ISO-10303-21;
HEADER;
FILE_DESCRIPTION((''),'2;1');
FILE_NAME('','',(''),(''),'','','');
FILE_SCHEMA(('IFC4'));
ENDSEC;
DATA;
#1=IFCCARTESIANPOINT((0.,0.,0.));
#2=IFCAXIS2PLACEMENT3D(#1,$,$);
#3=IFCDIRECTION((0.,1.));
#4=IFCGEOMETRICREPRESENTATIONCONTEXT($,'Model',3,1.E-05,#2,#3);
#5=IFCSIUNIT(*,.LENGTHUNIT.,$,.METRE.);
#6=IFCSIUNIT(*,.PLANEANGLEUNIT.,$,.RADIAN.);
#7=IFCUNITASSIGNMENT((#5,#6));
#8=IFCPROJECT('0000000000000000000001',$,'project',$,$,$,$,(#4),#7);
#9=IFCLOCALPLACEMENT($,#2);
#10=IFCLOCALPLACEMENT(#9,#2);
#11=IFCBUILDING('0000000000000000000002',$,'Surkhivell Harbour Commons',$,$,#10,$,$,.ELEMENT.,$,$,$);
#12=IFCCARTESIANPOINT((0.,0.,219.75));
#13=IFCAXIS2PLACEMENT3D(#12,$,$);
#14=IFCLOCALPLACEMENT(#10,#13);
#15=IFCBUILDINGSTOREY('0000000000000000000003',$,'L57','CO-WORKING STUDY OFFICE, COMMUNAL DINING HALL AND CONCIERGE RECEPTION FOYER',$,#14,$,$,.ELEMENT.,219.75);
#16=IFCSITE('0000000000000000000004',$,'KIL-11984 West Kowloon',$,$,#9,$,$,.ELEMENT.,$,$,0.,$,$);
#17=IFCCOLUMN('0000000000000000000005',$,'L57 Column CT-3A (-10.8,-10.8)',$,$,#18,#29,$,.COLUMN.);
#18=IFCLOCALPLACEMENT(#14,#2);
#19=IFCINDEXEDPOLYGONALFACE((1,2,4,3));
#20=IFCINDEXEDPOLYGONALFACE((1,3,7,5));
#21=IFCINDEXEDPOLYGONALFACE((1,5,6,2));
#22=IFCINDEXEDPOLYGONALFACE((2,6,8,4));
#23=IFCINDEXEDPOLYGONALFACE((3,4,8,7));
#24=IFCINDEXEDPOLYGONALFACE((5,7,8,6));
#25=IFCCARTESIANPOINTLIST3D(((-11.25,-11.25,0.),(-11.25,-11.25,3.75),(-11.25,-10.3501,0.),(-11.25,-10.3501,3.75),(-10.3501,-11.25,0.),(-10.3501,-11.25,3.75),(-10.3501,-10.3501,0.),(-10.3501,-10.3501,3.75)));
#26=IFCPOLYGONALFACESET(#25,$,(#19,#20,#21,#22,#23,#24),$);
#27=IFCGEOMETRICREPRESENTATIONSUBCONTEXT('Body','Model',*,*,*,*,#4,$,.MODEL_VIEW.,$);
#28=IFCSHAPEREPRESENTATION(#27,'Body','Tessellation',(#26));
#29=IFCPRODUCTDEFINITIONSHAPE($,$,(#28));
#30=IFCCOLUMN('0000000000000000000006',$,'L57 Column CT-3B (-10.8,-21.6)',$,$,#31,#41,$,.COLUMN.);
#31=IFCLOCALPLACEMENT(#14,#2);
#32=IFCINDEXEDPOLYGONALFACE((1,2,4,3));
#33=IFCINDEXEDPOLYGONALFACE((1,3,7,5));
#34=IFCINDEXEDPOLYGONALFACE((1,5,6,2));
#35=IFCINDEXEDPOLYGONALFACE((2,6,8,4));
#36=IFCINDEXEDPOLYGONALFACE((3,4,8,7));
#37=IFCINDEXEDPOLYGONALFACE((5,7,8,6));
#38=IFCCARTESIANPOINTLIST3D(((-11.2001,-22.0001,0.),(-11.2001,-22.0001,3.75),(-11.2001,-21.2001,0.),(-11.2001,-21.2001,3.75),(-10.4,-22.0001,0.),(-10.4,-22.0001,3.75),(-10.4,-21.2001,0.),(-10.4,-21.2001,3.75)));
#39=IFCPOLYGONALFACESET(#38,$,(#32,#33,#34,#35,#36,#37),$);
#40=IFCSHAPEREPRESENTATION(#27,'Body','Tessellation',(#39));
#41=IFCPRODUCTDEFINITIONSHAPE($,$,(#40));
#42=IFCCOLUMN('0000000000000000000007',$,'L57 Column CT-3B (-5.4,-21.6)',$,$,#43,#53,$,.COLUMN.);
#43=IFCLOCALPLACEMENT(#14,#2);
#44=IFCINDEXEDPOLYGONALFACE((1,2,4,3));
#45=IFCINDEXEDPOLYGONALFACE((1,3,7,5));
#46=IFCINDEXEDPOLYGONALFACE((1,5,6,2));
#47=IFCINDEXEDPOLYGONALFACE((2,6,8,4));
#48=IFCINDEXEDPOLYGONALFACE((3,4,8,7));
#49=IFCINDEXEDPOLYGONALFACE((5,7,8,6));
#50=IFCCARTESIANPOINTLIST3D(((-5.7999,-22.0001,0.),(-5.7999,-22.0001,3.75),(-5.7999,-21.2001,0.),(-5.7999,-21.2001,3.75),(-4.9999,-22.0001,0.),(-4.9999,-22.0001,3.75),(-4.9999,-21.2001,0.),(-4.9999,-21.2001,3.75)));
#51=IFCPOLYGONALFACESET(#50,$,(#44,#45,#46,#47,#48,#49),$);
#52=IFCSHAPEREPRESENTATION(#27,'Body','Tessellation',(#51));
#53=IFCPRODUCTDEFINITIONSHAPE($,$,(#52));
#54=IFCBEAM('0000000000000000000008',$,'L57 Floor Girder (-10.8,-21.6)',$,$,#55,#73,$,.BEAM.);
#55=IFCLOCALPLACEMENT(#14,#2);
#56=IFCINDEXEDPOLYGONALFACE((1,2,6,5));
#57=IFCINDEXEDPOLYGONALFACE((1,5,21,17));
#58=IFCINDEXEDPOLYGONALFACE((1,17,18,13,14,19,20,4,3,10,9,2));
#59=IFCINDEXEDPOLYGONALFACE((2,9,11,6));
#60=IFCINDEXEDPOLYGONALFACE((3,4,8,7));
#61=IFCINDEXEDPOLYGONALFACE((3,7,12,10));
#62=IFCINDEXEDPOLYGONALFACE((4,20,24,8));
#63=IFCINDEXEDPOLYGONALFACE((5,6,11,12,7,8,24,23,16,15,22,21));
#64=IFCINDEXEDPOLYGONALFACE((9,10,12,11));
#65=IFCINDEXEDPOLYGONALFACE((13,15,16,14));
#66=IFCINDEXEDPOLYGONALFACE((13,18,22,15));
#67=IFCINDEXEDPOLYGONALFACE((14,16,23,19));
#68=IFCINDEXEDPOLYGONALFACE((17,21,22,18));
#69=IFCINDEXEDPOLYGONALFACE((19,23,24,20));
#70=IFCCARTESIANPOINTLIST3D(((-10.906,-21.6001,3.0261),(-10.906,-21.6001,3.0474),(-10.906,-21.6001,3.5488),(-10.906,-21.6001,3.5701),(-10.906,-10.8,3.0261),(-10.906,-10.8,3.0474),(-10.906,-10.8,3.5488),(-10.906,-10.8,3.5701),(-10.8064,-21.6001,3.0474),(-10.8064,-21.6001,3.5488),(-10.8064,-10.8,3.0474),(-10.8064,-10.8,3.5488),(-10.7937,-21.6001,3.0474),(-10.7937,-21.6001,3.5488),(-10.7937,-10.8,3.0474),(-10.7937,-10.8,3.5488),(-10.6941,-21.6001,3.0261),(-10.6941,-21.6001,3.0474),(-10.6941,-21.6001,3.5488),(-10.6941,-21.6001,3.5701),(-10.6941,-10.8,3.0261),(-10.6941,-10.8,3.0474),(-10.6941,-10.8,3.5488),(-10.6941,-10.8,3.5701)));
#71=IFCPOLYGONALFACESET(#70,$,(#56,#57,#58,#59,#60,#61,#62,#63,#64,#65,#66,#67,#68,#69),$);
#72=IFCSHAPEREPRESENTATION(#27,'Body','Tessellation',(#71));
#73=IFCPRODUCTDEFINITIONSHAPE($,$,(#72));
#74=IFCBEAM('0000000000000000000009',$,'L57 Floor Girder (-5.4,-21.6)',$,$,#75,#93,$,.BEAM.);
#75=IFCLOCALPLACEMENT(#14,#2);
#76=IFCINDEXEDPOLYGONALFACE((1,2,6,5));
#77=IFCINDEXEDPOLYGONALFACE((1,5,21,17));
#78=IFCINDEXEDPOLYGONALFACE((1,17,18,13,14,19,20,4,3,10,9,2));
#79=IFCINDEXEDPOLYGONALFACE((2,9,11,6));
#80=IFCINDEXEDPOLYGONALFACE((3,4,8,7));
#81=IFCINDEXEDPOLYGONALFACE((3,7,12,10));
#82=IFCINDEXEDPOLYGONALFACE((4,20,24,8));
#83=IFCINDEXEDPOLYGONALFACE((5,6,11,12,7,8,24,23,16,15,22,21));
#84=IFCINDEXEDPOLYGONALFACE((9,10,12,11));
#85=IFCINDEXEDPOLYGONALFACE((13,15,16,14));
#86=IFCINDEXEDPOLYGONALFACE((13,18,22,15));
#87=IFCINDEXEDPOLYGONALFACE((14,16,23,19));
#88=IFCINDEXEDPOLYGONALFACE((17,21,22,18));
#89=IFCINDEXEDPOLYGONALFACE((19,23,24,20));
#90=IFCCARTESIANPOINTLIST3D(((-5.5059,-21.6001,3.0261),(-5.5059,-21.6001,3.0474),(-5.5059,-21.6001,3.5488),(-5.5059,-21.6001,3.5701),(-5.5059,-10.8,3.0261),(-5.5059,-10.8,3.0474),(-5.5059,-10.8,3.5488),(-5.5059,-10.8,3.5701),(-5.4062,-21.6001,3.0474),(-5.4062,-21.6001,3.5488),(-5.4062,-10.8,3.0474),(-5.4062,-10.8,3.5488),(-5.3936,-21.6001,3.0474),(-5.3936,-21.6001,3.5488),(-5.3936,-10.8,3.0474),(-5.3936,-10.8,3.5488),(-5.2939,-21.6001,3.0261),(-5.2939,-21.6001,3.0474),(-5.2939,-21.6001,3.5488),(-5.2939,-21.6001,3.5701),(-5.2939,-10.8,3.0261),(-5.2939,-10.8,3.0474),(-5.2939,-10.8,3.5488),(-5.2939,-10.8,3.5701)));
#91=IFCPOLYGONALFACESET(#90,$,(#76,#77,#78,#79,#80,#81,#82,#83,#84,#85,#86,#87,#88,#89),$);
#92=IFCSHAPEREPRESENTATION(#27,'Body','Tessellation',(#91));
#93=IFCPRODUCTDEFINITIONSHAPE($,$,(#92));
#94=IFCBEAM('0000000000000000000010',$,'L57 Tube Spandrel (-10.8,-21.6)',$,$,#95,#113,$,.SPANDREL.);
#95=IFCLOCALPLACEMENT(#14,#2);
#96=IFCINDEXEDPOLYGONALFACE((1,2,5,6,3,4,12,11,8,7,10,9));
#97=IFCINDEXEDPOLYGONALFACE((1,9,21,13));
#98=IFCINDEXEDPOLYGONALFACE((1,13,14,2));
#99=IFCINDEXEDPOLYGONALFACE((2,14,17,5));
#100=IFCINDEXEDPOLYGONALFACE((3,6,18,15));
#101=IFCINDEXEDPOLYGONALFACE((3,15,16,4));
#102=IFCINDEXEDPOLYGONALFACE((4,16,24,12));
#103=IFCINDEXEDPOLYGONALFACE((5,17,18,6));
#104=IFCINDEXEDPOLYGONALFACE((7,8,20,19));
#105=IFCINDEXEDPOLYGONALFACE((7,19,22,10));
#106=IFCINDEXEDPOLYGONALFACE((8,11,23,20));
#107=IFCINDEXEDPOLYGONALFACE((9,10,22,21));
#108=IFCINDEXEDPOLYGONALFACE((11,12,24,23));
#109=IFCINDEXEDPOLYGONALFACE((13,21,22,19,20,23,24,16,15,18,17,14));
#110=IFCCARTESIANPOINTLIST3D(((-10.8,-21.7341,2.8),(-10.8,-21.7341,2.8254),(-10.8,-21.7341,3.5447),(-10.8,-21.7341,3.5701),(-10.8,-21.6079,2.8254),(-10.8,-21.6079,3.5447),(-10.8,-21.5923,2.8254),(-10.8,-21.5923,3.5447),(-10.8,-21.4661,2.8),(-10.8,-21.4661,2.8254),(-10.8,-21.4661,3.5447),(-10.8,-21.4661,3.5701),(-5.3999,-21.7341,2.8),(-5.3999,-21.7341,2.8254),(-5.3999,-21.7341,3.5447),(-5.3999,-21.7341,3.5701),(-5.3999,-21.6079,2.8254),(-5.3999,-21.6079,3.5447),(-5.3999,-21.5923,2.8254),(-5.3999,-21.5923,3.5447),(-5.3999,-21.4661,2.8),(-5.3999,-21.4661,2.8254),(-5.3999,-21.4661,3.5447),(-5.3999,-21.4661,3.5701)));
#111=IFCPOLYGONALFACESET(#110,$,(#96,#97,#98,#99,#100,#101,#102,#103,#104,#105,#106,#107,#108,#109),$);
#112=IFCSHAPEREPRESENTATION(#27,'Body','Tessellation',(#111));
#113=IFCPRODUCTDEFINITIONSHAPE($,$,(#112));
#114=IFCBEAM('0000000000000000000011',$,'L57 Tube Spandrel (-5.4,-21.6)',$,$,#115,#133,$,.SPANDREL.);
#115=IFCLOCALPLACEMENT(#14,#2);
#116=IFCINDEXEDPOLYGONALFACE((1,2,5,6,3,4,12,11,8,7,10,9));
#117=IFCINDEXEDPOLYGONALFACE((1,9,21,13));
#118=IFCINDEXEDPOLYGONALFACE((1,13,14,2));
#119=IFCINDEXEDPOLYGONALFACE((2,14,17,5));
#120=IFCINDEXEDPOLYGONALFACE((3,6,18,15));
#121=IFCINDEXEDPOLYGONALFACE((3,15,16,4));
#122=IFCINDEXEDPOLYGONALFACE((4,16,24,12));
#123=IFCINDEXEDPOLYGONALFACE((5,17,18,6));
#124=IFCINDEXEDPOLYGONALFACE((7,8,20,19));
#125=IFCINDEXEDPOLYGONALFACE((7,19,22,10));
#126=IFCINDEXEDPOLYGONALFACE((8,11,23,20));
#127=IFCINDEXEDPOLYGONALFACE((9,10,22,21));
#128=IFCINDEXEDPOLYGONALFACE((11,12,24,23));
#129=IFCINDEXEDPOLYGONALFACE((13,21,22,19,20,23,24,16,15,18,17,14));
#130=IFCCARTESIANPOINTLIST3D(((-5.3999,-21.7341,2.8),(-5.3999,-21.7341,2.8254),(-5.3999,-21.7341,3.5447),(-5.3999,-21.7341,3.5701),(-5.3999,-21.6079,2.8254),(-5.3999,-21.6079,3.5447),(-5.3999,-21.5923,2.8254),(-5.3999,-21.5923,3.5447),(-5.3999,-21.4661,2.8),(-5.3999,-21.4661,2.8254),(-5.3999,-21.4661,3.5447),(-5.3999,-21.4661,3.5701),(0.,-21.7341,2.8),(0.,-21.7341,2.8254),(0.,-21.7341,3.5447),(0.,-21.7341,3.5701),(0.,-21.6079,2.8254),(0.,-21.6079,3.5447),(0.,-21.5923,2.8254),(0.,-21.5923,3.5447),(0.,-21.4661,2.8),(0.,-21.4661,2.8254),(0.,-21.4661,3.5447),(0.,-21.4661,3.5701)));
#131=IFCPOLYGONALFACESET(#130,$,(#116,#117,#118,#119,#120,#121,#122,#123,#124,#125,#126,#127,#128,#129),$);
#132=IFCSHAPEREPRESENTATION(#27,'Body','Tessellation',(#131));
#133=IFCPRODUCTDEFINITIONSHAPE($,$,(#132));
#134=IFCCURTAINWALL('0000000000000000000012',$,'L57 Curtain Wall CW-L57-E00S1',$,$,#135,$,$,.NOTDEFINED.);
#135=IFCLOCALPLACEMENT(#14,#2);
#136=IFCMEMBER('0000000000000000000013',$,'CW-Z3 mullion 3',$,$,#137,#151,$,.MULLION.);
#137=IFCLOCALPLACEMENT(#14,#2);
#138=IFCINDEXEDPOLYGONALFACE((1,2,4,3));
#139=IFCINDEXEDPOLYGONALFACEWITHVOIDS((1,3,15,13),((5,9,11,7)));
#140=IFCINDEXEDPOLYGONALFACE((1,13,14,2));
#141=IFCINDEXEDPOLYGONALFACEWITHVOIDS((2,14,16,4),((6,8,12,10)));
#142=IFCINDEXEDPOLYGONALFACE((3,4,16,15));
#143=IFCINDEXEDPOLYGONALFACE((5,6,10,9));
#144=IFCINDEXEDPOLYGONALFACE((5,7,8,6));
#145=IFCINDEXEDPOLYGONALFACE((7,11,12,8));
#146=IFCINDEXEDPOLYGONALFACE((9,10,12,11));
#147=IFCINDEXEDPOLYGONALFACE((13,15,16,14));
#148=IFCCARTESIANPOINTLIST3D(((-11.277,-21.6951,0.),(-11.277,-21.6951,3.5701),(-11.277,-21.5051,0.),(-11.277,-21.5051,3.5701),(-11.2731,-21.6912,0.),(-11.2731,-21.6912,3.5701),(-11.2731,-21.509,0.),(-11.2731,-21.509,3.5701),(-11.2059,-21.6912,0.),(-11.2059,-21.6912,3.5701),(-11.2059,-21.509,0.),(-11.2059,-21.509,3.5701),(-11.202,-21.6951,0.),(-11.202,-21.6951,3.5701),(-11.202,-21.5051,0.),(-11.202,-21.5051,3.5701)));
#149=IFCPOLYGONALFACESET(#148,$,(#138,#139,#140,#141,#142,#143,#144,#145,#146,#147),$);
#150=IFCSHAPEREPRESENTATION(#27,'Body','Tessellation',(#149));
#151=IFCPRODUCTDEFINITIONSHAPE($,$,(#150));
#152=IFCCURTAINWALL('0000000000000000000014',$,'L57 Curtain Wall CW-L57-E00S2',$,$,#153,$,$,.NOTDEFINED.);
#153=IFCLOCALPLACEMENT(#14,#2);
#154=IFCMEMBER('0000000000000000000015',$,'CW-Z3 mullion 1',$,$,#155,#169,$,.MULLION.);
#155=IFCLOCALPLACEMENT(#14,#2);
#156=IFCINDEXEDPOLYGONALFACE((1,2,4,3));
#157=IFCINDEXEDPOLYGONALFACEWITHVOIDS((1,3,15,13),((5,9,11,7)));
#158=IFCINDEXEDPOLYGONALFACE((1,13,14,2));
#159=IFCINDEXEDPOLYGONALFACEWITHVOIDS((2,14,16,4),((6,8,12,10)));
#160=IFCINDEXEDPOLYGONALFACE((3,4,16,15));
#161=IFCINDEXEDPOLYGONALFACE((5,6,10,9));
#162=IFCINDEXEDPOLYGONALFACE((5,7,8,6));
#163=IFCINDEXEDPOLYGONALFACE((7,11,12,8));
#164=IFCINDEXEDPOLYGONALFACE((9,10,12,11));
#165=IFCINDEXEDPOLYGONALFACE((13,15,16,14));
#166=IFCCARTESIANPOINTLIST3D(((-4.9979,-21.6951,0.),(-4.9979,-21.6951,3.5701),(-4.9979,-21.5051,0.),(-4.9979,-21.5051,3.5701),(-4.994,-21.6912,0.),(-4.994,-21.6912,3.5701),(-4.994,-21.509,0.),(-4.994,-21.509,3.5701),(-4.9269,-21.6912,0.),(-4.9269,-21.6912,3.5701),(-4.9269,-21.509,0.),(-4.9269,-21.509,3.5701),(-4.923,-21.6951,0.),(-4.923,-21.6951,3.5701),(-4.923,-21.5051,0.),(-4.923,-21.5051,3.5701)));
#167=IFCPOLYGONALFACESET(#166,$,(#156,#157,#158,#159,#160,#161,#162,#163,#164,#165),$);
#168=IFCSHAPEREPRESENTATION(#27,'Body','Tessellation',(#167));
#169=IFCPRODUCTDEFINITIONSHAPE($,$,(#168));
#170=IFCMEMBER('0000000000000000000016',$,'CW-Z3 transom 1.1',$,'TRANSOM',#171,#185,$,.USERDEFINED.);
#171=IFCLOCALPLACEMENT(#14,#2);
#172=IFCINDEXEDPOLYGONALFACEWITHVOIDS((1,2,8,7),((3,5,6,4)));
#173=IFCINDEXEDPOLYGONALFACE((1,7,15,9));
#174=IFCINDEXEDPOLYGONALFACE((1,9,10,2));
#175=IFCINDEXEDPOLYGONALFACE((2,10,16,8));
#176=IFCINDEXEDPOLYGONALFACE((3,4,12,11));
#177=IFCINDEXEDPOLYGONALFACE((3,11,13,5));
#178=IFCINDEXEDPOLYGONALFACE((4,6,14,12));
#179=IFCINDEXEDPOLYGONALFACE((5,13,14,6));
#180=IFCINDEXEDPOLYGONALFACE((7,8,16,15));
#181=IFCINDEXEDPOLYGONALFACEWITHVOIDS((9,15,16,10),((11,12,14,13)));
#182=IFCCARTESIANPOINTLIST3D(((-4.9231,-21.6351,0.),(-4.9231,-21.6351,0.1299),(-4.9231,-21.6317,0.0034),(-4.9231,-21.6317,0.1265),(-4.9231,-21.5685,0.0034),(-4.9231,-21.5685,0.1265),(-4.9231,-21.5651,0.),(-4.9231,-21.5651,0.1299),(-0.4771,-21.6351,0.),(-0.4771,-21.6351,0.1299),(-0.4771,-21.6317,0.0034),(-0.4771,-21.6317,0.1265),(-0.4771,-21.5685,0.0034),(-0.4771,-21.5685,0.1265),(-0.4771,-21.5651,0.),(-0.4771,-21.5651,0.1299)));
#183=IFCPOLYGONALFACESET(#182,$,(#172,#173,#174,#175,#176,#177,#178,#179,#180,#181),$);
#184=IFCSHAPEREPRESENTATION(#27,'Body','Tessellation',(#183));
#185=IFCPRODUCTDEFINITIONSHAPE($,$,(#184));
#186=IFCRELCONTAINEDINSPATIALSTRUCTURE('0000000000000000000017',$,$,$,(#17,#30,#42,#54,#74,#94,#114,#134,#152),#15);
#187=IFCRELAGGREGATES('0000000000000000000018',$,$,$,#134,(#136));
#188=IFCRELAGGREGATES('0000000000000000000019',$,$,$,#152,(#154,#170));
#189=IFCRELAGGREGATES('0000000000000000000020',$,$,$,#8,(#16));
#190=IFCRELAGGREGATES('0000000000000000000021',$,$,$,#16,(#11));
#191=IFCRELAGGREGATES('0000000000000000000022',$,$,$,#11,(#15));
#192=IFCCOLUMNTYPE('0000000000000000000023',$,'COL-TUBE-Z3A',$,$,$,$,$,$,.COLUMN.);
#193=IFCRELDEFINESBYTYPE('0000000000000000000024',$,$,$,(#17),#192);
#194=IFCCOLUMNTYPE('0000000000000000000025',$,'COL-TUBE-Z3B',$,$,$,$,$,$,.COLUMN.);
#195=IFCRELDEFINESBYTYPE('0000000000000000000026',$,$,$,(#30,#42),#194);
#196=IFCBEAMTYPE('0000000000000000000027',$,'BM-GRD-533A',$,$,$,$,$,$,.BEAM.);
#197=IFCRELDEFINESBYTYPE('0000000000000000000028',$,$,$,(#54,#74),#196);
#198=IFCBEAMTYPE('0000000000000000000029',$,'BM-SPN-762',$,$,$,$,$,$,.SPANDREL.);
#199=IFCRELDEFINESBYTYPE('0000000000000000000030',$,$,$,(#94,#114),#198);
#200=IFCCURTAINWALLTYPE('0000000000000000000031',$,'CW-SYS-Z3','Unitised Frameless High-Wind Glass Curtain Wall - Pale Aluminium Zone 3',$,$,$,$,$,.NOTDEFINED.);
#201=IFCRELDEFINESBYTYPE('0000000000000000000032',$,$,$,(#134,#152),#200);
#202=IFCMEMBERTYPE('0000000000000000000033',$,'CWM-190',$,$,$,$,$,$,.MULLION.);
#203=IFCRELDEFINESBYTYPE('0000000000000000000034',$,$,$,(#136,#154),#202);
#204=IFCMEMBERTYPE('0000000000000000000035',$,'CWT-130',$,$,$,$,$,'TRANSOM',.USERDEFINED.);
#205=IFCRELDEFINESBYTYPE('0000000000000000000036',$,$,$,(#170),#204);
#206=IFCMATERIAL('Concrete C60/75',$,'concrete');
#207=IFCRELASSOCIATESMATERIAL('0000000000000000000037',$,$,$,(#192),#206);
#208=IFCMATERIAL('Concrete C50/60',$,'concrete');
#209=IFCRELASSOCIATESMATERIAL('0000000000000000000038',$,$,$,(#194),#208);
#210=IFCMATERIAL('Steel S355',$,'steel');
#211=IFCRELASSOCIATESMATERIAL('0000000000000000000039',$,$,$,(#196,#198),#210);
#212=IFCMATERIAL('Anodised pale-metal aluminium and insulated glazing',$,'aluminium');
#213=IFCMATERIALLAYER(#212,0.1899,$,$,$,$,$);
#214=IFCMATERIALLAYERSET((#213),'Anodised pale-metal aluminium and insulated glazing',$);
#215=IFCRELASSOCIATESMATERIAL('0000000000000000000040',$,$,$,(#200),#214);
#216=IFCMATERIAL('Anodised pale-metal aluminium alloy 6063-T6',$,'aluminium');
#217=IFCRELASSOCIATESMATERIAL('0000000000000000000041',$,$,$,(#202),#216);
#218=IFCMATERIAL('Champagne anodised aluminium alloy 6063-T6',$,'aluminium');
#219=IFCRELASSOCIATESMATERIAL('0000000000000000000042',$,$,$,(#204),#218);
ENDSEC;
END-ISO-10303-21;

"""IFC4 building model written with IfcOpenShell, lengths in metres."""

from ifc_helpers import new_model, si_unit, direction, frame, origin, origin_2d, place, context, subcontext, project, spatial, rectangle, hollow_rectangle, i_section, extrude, material, layer, layer_set, material_profile, profile_set, type_object, element, aggregate, save


model = new_model("IFC4")

# Units and contexts
model_context = context("Model", 3, precision=1e-05, world=origin(), true_north=direction((0.0, 1.0)))
body_context = subcontext(model_context, "Body", "Model", "MODEL_VIEW")
ifc_project = project(units=[si_unit("LENGTHUNIT", "METRE"), si_unit("PLANEANGLEUNIT", "RADIAN")], contexts=[model_context])

# Site, building, storey
site_placement = place(None, origin())
site = spatial("IfcSite", under=ifc_project, at=site_placement, Name="KIL-11984 West Kowloon", CompositionType="ELEMENT", RefElevation=0.0)
building_placement = place(site_placement, origin())
building = spatial("IfcBuilding", under=site, at=building_placement, Name="Surkhivell Harbour Commons", CompositionType="ELEMENT")
storey_placement = place(building_placement, frame((0.0, 0.0, 219.75)))
storey = spatial("IfcBuildingStorey", under=building, at=storey_placement, Name="L57", Description="CO-WORKING STUDY OFFICE, COMMUNAL DINING HALL AND CONCIERGE RECEPTION FOYER", CompositionType="ELEMENT", Elevation=219.75)

# Columns
ifc_material_1 = material(Name="Concrete C60/75", Category="concrete")
ifc_material_profile_1 = material_profile(ifc_material_1, rectangle(XDim=0.8999, YDim=0.8999, at=origin_2d()), Name="RC-COL-900x900")
ifc_profile_set_1 = profile_set([ifc_material_profile_1], Name="Concrete C60/75")
column_type_1 = type_object("IfcColumnType", Name="COL-TUBE-Z3A", PredefinedType="COLUMN", material=ifc_profile_set_1)
column_placement = place(storey_placement, frame((-10.8, -10.8, 0.0), z_axis=(0.0, 0.0, 1.0), x_axis=(1.0, 0.0, 0.0)))
element("IfcColumn", 1, at=column_placement, inside=storey, type_object=column_type_1, Name="L57 Column CT-3A (-10.8,-10.8)", PredefinedType="COLUMN", context=body_context, shape_type="SweptSolid", body=[
    extrude(rectangle(XDim=0.8999, YDim=0.8999, at=origin_2d()), origin(), (0.0, 0.0, 1.0), 3.75),
])
ifc_material_2 = material(Name="Concrete C50/60", Category="concrete")
ifc_material_profile_2 = material_profile(ifc_material_2, rectangle(XDim=0.8, YDim=0.8, at=origin_2d()), Name="RC-COL-800x800")
ifc_profile_set_2 = profile_set([ifc_material_profile_2], Name="Concrete C50/60")
column_type_2 = type_object("IfcColumnType", Name="COL-TUBE-Z3B", PredefinedType="COLUMN", material=ifc_profile_set_2)
for number, where, z_axis, x_axis, name in (
    (2, (-10.8, -21.6001, 0.0), (0.0, 0.0, 1.0), (1.0, 0.0, 0.0), "L57 Column CT-3B (-10.8,-21.6)"),
    (3, (-5.3999, -21.6001, 0.0), (0.0, 0.0, 1.0), (1.0, 0.0, 0.0), "L57 Column CT-3B (-5.4,-21.6)"),
):
    element("IfcColumn", number, at=place(storey_placement, frame(where, z_axis=z_axis, x_axis=x_axis)), inside=storey, type_object=column_type_2, Name=name, PredefinedType="COLUMN", context=body_context, shape_type="SweptSolid", body=[
        extrude(rectangle(XDim=0.8, YDim=0.8, at=origin_2d()), origin(), (0.0, 0.0, 1.0), 3.75),
    ])

# Beams
ifc_material_3 = material(Name="Steel S355", Category="steel")
ifc_material_profile_3 = material_profile(ifc_material_3, i_section(OverallWidth=0.2119, OverallDepth=0.5439, WebThickness=0.0127, FlangeThickness=0.0212, at=origin_2d()), Name="UB533x210x122")
ifc_profile_set_3 = profile_set([ifc_material_profile_3], Name="Steel S355")
beam_type_1 = type_object("IfcBeamType", Name="BM-GRD-533A", PredefinedType="BEAM", material=ifc_profile_set_3)
for number, where, z_axis, x_axis, name in (
    (4, (-10.8, -21.6001, 3.2981), (0.0, 1.0, 0.0), (-1.0, 0.0, 0.0), "L57 Floor Girder (-10.8,-21.6)"),
    (5, (-5.3999, -21.6001, 3.2981), (0.0, 1.0, 0.0), (-1.0, 0.0, 0.0), "L57 Floor Girder (-5.4,-21.6)"),
):
    element("IfcBeam", number, at=place(storey_placement, frame(where, z_axis=z_axis, x_axis=x_axis)), inside=storey, type_object=beam_type_1, Name=name, PredefinedType="BEAM", context=body_context, shape_type="SweptSolid", body=[
        extrude(i_section(OverallWidth=0.2119, OverallDepth=0.5439, WebThickness=0.0127, FlangeThickness=0.0212, at=origin_2d()), origin(), (0.0, 0.0, 1.0), 10.8),
    ])
ifc_material_profile_4 = material_profile(ifc_material_3, i_section(OverallWidth=0.2681, OverallDepth=0.77, WebThickness=0.0156, FlangeThickness=0.0254, at=origin_2d()), Name="UB762x267x197")
ifc_profile_set_4 = profile_set([ifc_material_profile_4], Name="Steel S355")
beam_type_2 = type_object("IfcBeamType", Name="BM-SPN-762", PredefinedType="SPANDREL", material=ifc_profile_set_4)
beam_1_placement = place(storey_placement, frame((-10.8, -21.6001, 3.1851), z_axis=(1.0, 0.0, 0.0), x_axis=(0.0, 1.0, 0.0)))
element("IfcBeam", 6, at=beam_1_placement, inside=storey, type_object=beam_type_2, Name="L57 Tube Spandrel (-10.8,-21.6)", PredefinedType="SPANDREL", context=body_context, shape_type="SweptSolid", body=[
    extrude(i_section(OverallWidth=0.2681, OverallDepth=0.77, WebThickness=0.0156, FlangeThickness=0.0254, at=origin_2d()), origin(), (0.0, 0.0, 1.0), 5.4001),
])
beam_2_placement = place(storey_placement, frame((-5.3999, -21.6001, 3.1851), z_axis=(1.0, 0.0, 0.0), x_axis=(0.0, 1.0, 0.0)))
element("IfcBeam", 7, at=beam_2_placement, inside=storey, type_object=beam_type_2, Name="L57 Tube Spandrel (-5.4,-21.6)", PredefinedType="SPANDREL", context=body_context, shape_type="SweptSolid", body=[
    extrude(i_section(OverallWidth=0.2681, OverallDepth=0.77, WebThickness=0.0156, FlangeThickness=0.0254, at=origin_2d()), origin(), (0.0, 0.0, 1.0), 5.3999),
])

# Curtain wall, member
ifc_material_4 = material(Name="Anodised pale-metal aluminium and insulated glazing", Category="aluminium")
ifc_layer_1 = layer(ifc_material_4, 0.1899)
ifc_layer_set_1 = layer_set([ifc_layer_1], Name="Anodised pale-metal aluminium and insulated glazing")
curtain_wall_type = type_object("IfcCurtainWallType", Name="CW-SYS-Z3", Description="Unitised Frameless High-Wind Glass Curtain Wall - Pale Aluminium Zone 3", PredefinedType="NOTDEFINED", material=ifc_layer_set_1)
curtain_wall_1_placement = place(storey_placement, origin())
curtain_wall_1 = element("IfcCurtainWall", 8, at=curtain_wall_1_placement, inside=storey, type_object=curtain_wall_type, Name="L57 Curtain Wall CW-L57-E00S1", PredefinedType="NOTDEFINED")
ifc_material_5 = material(Name="Anodised pale-metal aluminium alloy 6063-T6", Category="aluminium")
ifc_material_profile_5 = material_profile(ifc_material_5, hollow_rectangle(XDim=0.075, YDim=0.1899, WallThickness=0.0039, at=origin_2d()), Name="ALU-MULL-75x190")
ifc_profile_set_5 = profile_set([ifc_material_profile_5], Name="Anodised pale-metal aluminium alloy 6063-T6")
member_type_1 = type_object("IfcMemberType", Name="CWM-190", PredefinedType="MULLION", material=ifc_profile_set_5)
member_1_placement = place(storey_placement, frame((-11.2395, -21.6001, 0.0), z_axis=(0.0, 0.0, 1.0), x_axis=(1.0, 0.0, 0.0)))
member_1 = element("IfcMember", 9, at=member_1_placement, type_object=member_type_1, Name="CW-Z3 mullion 3", PredefinedType="MULLION", context=body_context, shape_type="SweptSolid", body=[
    extrude(hollow_rectangle(XDim=0.075, YDim=0.1899, WallThickness=0.0039, at=origin_2d()), origin(), (0.0, 0.0, 1.0), 3.5701),
])
aggregate(curtain_wall_1, [member_1])

# Curtain wall, members
curtain_wall_2_placement = place(storey_placement, origin())
curtain_wall_2 = element("IfcCurtainWall", 10, at=curtain_wall_2_placement, inside=storey, type_object=curtain_wall_type, Name="L57 Curtain Wall CW-L57-E00S2", PredefinedType="NOTDEFINED")
member_2_placement = place(storey_placement, frame((-4.9604, -21.6001, 0.0), z_axis=(0.0, 0.0, 1.0), x_axis=(1.0, 0.0, 0.0)))
member_2 = element("IfcMember", 11, at=member_2_placement, type_object=member_type_1, Name="CW-Z3 mullion 1", PredefinedType="MULLION", context=body_context, shape_type="SweptSolid", body=[
    extrude(hollow_rectangle(XDim=0.075, YDim=0.1899, WallThickness=0.0039, at=origin_2d()), origin(), (0.0, 0.0, 1.0), 3.5701),
])
ifc_material_6 = material(Name="Champagne anodised aluminium alloy 6063-T6", Category="aluminium")
ifc_material_profile_6 = material_profile(ifc_material_6, hollow_rectangle(XDim=0.0701, YDim=0.1299, WallThickness=0.0034, at=origin_2d()), Name="ALU-TRAN-70x130")
ifc_profile_set_6 = profile_set([ifc_material_profile_6], Name="Champagne anodised aluminium alloy 6063-T6")
member_type_2 = type_object("IfcMemberType", Name="CWT-130", ElementType="TRANSOM", PredefinedType="USERDEFINED", material=ifc_profile_set_6)
member_3_placement = place(storey_placement, frame((-4.9231, -21.6001, 0.0649), z_axis=(1.0, 0.0, 0.0), x_axis=(0.0, 1.0, 0.0)))
member_3 = element("IfcMember", 12, at=member_3_placement, type_object=member_type_2, Name="CW-Z3 transom 1.1", ObjectType="TRANSOM", PredefinedType="USERDEFINED", context=body_context, shape_type="SweptSolid", body=[
    extrude(hollow_rectangle(XDim=0.0701, YDim=0.1299, WallThickness=0.0034, at=origin_2d()), origin(), (0.0, 0.0, 1.0), 4.446),
])

aggregate(curtain_wall_2, [member_2, member_3])

save(model, "model.ifc")
